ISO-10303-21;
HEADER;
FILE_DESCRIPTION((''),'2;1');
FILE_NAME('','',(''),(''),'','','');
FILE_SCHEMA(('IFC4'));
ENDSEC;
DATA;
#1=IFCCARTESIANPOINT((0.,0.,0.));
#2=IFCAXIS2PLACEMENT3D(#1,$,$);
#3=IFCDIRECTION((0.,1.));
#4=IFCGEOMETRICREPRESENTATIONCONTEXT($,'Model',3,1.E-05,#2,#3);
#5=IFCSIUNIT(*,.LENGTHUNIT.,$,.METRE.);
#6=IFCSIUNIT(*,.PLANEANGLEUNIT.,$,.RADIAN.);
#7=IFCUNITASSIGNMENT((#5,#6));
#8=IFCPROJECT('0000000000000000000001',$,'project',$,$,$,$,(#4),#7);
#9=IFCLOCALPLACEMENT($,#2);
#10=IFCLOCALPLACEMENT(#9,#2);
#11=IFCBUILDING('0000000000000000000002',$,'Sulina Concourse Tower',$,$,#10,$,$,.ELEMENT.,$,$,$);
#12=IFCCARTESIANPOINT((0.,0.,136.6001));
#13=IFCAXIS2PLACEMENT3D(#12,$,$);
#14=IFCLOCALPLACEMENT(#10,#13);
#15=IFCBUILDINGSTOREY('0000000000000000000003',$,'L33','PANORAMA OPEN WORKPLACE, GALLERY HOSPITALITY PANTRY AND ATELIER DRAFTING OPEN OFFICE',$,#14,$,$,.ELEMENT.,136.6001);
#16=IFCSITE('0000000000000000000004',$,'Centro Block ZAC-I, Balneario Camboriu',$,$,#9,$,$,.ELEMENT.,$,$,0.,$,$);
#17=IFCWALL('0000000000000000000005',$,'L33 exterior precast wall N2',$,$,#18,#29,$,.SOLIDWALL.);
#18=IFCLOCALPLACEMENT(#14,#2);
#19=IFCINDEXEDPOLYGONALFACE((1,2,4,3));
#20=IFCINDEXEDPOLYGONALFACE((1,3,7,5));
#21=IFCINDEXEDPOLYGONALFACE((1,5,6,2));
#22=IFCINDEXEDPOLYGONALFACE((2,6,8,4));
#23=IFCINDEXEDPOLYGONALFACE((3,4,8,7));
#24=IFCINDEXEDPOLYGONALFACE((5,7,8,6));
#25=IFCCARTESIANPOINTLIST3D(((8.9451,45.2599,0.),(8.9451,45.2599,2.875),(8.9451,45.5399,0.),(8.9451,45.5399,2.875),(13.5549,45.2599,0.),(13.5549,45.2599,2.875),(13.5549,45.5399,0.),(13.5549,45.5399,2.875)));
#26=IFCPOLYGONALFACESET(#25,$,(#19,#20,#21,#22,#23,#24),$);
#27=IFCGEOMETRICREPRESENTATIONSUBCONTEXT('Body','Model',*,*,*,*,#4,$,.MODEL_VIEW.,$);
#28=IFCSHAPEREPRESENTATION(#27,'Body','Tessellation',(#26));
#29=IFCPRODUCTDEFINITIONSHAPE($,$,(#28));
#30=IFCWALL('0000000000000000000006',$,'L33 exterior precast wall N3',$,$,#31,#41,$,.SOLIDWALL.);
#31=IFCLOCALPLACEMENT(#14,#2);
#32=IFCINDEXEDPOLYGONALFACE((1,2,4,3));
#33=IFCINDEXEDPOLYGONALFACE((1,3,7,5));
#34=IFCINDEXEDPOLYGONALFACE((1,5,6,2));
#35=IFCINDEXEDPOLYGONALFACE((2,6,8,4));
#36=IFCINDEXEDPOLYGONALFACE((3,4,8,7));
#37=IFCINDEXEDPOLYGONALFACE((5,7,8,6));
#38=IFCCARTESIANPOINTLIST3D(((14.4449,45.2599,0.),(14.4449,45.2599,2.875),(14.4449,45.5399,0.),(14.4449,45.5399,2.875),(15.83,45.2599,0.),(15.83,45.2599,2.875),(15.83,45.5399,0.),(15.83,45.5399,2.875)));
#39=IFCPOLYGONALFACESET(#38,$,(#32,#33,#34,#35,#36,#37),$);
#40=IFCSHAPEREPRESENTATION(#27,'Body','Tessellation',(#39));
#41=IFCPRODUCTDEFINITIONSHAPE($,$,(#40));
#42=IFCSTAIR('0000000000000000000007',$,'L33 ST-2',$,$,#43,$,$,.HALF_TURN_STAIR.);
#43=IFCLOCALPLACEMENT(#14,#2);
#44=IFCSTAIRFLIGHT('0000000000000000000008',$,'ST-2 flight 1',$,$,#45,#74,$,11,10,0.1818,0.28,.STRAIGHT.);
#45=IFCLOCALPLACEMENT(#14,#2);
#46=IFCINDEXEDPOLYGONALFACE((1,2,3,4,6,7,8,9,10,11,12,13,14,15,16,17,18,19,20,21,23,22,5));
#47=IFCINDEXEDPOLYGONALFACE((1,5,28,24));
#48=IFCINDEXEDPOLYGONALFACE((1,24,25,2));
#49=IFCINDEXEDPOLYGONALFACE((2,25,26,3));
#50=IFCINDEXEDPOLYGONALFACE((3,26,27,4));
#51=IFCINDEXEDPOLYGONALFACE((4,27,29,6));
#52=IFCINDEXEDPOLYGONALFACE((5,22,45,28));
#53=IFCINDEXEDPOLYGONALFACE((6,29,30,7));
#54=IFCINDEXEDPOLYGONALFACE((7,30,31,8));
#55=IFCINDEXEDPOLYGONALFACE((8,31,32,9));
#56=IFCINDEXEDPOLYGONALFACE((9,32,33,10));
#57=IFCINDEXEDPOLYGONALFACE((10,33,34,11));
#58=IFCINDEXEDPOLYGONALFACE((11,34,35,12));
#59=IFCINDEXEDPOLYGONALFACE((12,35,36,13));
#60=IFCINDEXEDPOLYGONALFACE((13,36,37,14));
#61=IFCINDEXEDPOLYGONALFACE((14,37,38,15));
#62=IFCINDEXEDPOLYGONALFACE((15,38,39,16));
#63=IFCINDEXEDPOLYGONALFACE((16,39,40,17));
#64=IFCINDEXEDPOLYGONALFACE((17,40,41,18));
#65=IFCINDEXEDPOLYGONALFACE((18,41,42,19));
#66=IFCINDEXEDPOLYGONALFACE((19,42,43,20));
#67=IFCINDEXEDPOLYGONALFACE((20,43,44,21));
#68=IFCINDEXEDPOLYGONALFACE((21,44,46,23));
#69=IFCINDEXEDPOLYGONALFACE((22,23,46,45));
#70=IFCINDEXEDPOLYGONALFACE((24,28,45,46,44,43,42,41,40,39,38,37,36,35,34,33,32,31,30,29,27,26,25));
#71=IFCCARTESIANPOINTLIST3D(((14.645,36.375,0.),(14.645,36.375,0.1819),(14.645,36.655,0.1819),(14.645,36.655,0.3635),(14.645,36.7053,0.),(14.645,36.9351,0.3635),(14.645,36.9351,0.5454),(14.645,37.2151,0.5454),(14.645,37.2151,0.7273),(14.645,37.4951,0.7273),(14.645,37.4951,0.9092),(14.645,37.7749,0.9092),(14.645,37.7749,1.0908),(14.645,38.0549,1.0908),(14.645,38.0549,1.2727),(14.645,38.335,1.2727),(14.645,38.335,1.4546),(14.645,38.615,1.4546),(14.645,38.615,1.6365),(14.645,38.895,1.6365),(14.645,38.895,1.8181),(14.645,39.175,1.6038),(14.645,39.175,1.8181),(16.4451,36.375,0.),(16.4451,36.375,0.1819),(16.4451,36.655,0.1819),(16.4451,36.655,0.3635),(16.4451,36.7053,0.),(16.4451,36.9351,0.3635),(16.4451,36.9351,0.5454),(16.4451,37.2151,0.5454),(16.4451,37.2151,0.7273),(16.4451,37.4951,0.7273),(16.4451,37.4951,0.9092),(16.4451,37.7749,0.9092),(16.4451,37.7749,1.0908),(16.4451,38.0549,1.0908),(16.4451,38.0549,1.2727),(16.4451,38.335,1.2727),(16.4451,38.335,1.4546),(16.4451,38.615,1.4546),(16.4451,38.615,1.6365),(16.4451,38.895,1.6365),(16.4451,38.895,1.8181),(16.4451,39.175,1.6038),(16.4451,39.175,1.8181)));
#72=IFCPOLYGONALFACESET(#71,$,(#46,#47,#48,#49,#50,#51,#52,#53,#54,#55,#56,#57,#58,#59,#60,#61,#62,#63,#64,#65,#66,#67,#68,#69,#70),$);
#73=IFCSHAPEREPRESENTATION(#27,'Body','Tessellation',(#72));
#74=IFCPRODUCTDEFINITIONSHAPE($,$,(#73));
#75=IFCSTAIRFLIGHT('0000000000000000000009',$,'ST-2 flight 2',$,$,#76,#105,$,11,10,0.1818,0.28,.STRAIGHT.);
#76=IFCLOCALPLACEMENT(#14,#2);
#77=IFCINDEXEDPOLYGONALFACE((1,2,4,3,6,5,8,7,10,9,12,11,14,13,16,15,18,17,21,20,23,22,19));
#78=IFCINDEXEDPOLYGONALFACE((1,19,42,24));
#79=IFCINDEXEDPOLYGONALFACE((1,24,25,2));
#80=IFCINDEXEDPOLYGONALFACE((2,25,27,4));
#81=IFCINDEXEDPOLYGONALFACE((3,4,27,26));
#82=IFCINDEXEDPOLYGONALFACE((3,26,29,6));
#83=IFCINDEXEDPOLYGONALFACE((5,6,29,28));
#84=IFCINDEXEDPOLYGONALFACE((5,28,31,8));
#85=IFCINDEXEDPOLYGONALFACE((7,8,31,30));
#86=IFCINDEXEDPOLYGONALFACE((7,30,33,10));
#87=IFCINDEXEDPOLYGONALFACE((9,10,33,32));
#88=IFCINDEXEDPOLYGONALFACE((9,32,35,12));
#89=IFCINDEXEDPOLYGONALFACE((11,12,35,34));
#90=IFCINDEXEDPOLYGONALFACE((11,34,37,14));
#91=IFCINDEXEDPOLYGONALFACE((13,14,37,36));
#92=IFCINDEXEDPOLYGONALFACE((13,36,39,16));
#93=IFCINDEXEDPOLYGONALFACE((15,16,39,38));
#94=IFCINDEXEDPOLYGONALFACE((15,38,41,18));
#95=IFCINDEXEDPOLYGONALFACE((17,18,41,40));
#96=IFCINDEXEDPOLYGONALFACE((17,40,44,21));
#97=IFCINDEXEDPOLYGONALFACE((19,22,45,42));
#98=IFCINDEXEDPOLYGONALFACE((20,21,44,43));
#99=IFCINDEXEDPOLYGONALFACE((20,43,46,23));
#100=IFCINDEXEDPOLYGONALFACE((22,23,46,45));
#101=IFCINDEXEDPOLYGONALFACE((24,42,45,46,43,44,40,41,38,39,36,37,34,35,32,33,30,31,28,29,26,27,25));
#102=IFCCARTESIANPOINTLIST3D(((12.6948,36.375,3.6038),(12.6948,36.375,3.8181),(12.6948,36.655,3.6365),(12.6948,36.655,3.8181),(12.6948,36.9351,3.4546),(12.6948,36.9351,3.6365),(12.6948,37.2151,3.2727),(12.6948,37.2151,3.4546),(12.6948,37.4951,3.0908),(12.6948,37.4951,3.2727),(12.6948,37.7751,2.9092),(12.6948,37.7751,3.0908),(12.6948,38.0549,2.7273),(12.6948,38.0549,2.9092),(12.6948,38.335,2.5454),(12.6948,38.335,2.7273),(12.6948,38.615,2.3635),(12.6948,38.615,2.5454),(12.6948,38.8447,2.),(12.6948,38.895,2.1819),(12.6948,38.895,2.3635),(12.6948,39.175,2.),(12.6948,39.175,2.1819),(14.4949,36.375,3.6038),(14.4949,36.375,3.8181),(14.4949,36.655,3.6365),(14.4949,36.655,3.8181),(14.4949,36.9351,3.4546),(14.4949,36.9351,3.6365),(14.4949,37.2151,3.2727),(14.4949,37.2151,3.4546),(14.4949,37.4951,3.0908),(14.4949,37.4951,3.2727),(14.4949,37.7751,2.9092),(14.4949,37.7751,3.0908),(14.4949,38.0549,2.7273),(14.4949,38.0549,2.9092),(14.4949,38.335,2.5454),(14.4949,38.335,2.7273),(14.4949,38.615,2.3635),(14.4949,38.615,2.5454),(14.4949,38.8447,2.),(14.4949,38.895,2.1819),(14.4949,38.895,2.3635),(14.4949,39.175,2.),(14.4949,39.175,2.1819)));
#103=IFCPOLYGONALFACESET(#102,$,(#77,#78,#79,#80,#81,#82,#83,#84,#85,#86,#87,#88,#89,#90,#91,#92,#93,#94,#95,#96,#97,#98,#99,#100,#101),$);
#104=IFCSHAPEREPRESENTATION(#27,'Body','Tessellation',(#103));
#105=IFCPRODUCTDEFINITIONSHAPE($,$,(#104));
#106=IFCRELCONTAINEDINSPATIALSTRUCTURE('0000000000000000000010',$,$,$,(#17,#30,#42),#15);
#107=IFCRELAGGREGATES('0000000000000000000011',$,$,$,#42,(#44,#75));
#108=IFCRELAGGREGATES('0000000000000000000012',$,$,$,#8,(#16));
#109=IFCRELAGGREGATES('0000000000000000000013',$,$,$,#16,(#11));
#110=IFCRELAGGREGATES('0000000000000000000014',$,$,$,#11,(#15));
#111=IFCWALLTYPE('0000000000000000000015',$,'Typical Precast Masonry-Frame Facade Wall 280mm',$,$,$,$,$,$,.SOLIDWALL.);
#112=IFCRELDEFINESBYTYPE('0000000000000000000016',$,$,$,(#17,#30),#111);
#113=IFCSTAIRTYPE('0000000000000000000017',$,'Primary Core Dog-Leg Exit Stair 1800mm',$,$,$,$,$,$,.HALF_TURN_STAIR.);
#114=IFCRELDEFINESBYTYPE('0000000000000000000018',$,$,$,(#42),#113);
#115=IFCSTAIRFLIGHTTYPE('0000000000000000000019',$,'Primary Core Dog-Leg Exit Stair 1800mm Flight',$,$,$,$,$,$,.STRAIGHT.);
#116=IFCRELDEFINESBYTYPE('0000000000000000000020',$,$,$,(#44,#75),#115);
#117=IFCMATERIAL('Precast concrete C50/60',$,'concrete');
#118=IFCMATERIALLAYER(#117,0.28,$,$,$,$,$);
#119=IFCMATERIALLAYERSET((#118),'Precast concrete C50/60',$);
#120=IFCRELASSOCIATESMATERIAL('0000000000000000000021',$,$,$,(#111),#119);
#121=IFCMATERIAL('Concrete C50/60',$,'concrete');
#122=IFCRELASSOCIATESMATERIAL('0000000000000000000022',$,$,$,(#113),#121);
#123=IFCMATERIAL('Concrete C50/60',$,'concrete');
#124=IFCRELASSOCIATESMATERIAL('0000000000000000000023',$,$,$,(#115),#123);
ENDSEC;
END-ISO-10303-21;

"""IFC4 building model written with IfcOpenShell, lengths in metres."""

from ifc_helpers import new_model, si_unit, direction, frame, frame_2d, origin, place, context, subcontext, project, spatial, polyline, rectangle, outline, extrude, material, layer, layer_set, type_object, element, aggregate, save


model = new_model("IFC4")

# Units and contexts
model_context = context("Model", 3, precision=1e-05, world=origin(), true_north=direction((0.0, 1.0)))
body_context = subcontext(model_context, "Body", "Model", "MODEL_VIEW")
ifc_project = project(units=[si_unit("LENGTHUNIT", "METRE"), si_unit("PLANEANGLEUNIT", "RADIAN")], contexts=[model_context])

# Site, building, storey
site_placement = place(None, origin())
site = spatial("IfcSite", under=ifc_project, at=site_placement, Name="Centro Block ZAC-I, Balneario Camboriu", CompositionType="ELEMENT", RefElevation=0.0)
building_placement = place(site_placement, origin())
building = spatial("IfcBuilding", under=site, at=building_placement, Name="Sulina Concourse Tower", CompositionType="ELEMENT")
storey_placement = place(building_placement, frame((0.0, 0.0, 136.6001)))
storey = spatial("IfcBuildingStorey", under=building, at=storey_placement, Name="L33", Description="PANORAMA OPEN WORKPLACE, GALLERY HOSPITALITY PANTRY AND ATELIER DRAFTING OPEN OFFICE", CompositionType="ELEMENT", Elevation=136.6001)

# Walls
ifc_material_1 = material(Name="Precast concrete C50/60", Category="concrete")
ifc_layer_1 = layer(ifc_material_1, 0.28)
ifc_layer_set_1 = layer_set([ifc_layer_1], Name="Precast concrete C50/60")
wall_type_1 = type_object("IfcWallType", Name="Typical Precast Masonry-Frame Facade Wall 280mm", PredefinedType="SOLIDWALL", material=ifc_layer_set_1)
wall_1_placement = place(storey_placement, frame((8.9451, 45.3999, 0.0), z_axis=(0.0, 0.0, 1.0), x_axis=(1.0, 0.0, 0.0)))
element("IfcWall", 1, at=wall_1_placement, inside=storey, type_object=wall_type_1, Name="L33 exterior precast wall N2", PredefinedType="SOLIDWALL", context=body_context, shape_type="SweptSolid", body=[
    extrude(rectangle(XDim=4.6099, YDim=0.28, at=frame_2d((2.3049, 0.0))), origin(), (0.0, 0.0, 1.0), 2.875),
])
wall_2_placement = place(storey_placement, frame((14.4451, 45.3999, 0.0), z_axis=(0.0, 0.0, 1.0), x_axis=(1.0, 0.0, 0.0)))
element("IfcWall", 2, at=wall_2_placement, inside=storey, type_object=wall_type_1, Name="L33 exterior precast wall N3", PredefinedType="SOLIDWALL", context=body_context, shape_type="SweptSolid", body=[
    extrude(rectangle(XDim=1.385, YDim=0.28, at=frame_2d((0.6924, 0.0))), origin(), (0.0, 0.0, 1.0), 2.875),
])

# Stair, stair flights
ifc_material_2 = material(Name="Concrete C50/60", Category="concrete")
stair_type = type_object("IfcStairType", Name="Primary Core Dog-Leg Exit Stair 1800mm", PredefinedType="HALF_TURN_STAIR", material=ifc_material_2)
stair_placement = place(storey_placement, origin())
stair = element("IfcStair", 3, at=stair_placement, inside=storey, type_object=stair_type, Name="L33 ST-2", PredefinedType="HALF_TURN_STAIR")
ifc_material_3 = material(Name="Concrete C50/60", Category="concrete")
stair_flight_type = type_object("IfcStairFlightType", Name="Primary Core Dog-Leg Exit Stair 1800mm Flight", PredefinedType="STRAIGHT", material=ifc_material_3)
stair_flight_1_placement = place(storey_placement, frame((15.5449, 36.375, 0.0), z_axis=(0.0, 0.0, 1.0), x_axis=(0.0, 1.0, 0.0)))
stair_flight_1 = element("IfcStairFlight", 4, at=stair_flight_1_placement, type_object=stair_flight_type, Name="ST-2 flight 1", NumberOfRisers=11, NumberOfTreads=10, PredefinedType="STRAIGHT", RiserHeight=0.1818, TreadLength=0.28, context=body_context, shape_type="SweptSolid", body=[
    extrude(outline(polyline([(0.0, 0.0), (0.0, 0.1819), (0.28, 0.1819), (0.28, 0.3635), (0.5601, 0.3635), (0.5601, 0.5454), (0.8401, 0.5454), (0.8401, 0.7273), (1.1201, 0.7273), (1.1201, 0.9092), (1.3999, 0.9092), (1.3999, 1.0908), (1.6799, 1.0908), (1.6799, 1.2727), (1.96, 1.2727), (1.96, 1.4546), (2.24, 1.4546), (2.24, 1.6365), (2.52, 1.6365), (2.52, 1.8181), (2.8, 1.8181), (2.8, 2.0), (2.8, 1.6038), (0.3303, 0.0), (0.0, 0.0)])), frame((0.0, 0.8999, 0.0), z_axis=(0.0, -1.0, 0.0), x_axis=(1.0, 0.0, 0.0)), (0.0, 0.0, 1.0), 1.8),
])
stair_flight_2_placement = place(storey_placement, frame((13.595, 39.175, 2.0), z_axis=(0.0, 0.0, 1.0), x_axis=(0.0, -1.0, 0.0)))
stair_flight_2 = element("IfcStairFlight", 5, at=stair_flight_2_placement, type_object=stair_flight_type, Name="ST-2 flight 2", NumberOfRisers=11, NumberOfTreads=10, PredefinedType="STRAIGHT", RiserHeight=0.1818, TreadLength=0.28, context=body_context, shape_type="SweptSolid", body=[
    extrude(outline(polyline([(0.0, 0.0), (0.0, 0.1819), (0.28, 0.1819), (0.28, 0.3635), (0.5601, 0.3635), (0.5601, 0.5454), (0.8401, 0.5454), (0.8401, 0.7273), (1.1201, 0.7273), (1.1201, 0.9092), (1.3999, 0.9092), (1.3999, 1.0908), (1.6799, 1.0908), (1.6799, 1.2727), (1.96, 1.2727), (1.96, 1.4546), (2.24, 1.4546), (2.24, 1.6365), (2.52, 1.6365), (2.52, 1.8181), (2.8, 1.8181), (2.8, 2.0), (2.8, 1.6038), (0.3303, 0.0), (0.0, 0.0)])), frame((0.0, 0.8999, 0.0), z_axis=(0.0, -1.0, 0.0), x_axis=(1.0, 0.0, 0.0)), (0.0, 0.0, 1.0), 1.8),
])
aggregate(stair, [stair_flight_1, stair_flight_2])

save(model, "model.ifc")
